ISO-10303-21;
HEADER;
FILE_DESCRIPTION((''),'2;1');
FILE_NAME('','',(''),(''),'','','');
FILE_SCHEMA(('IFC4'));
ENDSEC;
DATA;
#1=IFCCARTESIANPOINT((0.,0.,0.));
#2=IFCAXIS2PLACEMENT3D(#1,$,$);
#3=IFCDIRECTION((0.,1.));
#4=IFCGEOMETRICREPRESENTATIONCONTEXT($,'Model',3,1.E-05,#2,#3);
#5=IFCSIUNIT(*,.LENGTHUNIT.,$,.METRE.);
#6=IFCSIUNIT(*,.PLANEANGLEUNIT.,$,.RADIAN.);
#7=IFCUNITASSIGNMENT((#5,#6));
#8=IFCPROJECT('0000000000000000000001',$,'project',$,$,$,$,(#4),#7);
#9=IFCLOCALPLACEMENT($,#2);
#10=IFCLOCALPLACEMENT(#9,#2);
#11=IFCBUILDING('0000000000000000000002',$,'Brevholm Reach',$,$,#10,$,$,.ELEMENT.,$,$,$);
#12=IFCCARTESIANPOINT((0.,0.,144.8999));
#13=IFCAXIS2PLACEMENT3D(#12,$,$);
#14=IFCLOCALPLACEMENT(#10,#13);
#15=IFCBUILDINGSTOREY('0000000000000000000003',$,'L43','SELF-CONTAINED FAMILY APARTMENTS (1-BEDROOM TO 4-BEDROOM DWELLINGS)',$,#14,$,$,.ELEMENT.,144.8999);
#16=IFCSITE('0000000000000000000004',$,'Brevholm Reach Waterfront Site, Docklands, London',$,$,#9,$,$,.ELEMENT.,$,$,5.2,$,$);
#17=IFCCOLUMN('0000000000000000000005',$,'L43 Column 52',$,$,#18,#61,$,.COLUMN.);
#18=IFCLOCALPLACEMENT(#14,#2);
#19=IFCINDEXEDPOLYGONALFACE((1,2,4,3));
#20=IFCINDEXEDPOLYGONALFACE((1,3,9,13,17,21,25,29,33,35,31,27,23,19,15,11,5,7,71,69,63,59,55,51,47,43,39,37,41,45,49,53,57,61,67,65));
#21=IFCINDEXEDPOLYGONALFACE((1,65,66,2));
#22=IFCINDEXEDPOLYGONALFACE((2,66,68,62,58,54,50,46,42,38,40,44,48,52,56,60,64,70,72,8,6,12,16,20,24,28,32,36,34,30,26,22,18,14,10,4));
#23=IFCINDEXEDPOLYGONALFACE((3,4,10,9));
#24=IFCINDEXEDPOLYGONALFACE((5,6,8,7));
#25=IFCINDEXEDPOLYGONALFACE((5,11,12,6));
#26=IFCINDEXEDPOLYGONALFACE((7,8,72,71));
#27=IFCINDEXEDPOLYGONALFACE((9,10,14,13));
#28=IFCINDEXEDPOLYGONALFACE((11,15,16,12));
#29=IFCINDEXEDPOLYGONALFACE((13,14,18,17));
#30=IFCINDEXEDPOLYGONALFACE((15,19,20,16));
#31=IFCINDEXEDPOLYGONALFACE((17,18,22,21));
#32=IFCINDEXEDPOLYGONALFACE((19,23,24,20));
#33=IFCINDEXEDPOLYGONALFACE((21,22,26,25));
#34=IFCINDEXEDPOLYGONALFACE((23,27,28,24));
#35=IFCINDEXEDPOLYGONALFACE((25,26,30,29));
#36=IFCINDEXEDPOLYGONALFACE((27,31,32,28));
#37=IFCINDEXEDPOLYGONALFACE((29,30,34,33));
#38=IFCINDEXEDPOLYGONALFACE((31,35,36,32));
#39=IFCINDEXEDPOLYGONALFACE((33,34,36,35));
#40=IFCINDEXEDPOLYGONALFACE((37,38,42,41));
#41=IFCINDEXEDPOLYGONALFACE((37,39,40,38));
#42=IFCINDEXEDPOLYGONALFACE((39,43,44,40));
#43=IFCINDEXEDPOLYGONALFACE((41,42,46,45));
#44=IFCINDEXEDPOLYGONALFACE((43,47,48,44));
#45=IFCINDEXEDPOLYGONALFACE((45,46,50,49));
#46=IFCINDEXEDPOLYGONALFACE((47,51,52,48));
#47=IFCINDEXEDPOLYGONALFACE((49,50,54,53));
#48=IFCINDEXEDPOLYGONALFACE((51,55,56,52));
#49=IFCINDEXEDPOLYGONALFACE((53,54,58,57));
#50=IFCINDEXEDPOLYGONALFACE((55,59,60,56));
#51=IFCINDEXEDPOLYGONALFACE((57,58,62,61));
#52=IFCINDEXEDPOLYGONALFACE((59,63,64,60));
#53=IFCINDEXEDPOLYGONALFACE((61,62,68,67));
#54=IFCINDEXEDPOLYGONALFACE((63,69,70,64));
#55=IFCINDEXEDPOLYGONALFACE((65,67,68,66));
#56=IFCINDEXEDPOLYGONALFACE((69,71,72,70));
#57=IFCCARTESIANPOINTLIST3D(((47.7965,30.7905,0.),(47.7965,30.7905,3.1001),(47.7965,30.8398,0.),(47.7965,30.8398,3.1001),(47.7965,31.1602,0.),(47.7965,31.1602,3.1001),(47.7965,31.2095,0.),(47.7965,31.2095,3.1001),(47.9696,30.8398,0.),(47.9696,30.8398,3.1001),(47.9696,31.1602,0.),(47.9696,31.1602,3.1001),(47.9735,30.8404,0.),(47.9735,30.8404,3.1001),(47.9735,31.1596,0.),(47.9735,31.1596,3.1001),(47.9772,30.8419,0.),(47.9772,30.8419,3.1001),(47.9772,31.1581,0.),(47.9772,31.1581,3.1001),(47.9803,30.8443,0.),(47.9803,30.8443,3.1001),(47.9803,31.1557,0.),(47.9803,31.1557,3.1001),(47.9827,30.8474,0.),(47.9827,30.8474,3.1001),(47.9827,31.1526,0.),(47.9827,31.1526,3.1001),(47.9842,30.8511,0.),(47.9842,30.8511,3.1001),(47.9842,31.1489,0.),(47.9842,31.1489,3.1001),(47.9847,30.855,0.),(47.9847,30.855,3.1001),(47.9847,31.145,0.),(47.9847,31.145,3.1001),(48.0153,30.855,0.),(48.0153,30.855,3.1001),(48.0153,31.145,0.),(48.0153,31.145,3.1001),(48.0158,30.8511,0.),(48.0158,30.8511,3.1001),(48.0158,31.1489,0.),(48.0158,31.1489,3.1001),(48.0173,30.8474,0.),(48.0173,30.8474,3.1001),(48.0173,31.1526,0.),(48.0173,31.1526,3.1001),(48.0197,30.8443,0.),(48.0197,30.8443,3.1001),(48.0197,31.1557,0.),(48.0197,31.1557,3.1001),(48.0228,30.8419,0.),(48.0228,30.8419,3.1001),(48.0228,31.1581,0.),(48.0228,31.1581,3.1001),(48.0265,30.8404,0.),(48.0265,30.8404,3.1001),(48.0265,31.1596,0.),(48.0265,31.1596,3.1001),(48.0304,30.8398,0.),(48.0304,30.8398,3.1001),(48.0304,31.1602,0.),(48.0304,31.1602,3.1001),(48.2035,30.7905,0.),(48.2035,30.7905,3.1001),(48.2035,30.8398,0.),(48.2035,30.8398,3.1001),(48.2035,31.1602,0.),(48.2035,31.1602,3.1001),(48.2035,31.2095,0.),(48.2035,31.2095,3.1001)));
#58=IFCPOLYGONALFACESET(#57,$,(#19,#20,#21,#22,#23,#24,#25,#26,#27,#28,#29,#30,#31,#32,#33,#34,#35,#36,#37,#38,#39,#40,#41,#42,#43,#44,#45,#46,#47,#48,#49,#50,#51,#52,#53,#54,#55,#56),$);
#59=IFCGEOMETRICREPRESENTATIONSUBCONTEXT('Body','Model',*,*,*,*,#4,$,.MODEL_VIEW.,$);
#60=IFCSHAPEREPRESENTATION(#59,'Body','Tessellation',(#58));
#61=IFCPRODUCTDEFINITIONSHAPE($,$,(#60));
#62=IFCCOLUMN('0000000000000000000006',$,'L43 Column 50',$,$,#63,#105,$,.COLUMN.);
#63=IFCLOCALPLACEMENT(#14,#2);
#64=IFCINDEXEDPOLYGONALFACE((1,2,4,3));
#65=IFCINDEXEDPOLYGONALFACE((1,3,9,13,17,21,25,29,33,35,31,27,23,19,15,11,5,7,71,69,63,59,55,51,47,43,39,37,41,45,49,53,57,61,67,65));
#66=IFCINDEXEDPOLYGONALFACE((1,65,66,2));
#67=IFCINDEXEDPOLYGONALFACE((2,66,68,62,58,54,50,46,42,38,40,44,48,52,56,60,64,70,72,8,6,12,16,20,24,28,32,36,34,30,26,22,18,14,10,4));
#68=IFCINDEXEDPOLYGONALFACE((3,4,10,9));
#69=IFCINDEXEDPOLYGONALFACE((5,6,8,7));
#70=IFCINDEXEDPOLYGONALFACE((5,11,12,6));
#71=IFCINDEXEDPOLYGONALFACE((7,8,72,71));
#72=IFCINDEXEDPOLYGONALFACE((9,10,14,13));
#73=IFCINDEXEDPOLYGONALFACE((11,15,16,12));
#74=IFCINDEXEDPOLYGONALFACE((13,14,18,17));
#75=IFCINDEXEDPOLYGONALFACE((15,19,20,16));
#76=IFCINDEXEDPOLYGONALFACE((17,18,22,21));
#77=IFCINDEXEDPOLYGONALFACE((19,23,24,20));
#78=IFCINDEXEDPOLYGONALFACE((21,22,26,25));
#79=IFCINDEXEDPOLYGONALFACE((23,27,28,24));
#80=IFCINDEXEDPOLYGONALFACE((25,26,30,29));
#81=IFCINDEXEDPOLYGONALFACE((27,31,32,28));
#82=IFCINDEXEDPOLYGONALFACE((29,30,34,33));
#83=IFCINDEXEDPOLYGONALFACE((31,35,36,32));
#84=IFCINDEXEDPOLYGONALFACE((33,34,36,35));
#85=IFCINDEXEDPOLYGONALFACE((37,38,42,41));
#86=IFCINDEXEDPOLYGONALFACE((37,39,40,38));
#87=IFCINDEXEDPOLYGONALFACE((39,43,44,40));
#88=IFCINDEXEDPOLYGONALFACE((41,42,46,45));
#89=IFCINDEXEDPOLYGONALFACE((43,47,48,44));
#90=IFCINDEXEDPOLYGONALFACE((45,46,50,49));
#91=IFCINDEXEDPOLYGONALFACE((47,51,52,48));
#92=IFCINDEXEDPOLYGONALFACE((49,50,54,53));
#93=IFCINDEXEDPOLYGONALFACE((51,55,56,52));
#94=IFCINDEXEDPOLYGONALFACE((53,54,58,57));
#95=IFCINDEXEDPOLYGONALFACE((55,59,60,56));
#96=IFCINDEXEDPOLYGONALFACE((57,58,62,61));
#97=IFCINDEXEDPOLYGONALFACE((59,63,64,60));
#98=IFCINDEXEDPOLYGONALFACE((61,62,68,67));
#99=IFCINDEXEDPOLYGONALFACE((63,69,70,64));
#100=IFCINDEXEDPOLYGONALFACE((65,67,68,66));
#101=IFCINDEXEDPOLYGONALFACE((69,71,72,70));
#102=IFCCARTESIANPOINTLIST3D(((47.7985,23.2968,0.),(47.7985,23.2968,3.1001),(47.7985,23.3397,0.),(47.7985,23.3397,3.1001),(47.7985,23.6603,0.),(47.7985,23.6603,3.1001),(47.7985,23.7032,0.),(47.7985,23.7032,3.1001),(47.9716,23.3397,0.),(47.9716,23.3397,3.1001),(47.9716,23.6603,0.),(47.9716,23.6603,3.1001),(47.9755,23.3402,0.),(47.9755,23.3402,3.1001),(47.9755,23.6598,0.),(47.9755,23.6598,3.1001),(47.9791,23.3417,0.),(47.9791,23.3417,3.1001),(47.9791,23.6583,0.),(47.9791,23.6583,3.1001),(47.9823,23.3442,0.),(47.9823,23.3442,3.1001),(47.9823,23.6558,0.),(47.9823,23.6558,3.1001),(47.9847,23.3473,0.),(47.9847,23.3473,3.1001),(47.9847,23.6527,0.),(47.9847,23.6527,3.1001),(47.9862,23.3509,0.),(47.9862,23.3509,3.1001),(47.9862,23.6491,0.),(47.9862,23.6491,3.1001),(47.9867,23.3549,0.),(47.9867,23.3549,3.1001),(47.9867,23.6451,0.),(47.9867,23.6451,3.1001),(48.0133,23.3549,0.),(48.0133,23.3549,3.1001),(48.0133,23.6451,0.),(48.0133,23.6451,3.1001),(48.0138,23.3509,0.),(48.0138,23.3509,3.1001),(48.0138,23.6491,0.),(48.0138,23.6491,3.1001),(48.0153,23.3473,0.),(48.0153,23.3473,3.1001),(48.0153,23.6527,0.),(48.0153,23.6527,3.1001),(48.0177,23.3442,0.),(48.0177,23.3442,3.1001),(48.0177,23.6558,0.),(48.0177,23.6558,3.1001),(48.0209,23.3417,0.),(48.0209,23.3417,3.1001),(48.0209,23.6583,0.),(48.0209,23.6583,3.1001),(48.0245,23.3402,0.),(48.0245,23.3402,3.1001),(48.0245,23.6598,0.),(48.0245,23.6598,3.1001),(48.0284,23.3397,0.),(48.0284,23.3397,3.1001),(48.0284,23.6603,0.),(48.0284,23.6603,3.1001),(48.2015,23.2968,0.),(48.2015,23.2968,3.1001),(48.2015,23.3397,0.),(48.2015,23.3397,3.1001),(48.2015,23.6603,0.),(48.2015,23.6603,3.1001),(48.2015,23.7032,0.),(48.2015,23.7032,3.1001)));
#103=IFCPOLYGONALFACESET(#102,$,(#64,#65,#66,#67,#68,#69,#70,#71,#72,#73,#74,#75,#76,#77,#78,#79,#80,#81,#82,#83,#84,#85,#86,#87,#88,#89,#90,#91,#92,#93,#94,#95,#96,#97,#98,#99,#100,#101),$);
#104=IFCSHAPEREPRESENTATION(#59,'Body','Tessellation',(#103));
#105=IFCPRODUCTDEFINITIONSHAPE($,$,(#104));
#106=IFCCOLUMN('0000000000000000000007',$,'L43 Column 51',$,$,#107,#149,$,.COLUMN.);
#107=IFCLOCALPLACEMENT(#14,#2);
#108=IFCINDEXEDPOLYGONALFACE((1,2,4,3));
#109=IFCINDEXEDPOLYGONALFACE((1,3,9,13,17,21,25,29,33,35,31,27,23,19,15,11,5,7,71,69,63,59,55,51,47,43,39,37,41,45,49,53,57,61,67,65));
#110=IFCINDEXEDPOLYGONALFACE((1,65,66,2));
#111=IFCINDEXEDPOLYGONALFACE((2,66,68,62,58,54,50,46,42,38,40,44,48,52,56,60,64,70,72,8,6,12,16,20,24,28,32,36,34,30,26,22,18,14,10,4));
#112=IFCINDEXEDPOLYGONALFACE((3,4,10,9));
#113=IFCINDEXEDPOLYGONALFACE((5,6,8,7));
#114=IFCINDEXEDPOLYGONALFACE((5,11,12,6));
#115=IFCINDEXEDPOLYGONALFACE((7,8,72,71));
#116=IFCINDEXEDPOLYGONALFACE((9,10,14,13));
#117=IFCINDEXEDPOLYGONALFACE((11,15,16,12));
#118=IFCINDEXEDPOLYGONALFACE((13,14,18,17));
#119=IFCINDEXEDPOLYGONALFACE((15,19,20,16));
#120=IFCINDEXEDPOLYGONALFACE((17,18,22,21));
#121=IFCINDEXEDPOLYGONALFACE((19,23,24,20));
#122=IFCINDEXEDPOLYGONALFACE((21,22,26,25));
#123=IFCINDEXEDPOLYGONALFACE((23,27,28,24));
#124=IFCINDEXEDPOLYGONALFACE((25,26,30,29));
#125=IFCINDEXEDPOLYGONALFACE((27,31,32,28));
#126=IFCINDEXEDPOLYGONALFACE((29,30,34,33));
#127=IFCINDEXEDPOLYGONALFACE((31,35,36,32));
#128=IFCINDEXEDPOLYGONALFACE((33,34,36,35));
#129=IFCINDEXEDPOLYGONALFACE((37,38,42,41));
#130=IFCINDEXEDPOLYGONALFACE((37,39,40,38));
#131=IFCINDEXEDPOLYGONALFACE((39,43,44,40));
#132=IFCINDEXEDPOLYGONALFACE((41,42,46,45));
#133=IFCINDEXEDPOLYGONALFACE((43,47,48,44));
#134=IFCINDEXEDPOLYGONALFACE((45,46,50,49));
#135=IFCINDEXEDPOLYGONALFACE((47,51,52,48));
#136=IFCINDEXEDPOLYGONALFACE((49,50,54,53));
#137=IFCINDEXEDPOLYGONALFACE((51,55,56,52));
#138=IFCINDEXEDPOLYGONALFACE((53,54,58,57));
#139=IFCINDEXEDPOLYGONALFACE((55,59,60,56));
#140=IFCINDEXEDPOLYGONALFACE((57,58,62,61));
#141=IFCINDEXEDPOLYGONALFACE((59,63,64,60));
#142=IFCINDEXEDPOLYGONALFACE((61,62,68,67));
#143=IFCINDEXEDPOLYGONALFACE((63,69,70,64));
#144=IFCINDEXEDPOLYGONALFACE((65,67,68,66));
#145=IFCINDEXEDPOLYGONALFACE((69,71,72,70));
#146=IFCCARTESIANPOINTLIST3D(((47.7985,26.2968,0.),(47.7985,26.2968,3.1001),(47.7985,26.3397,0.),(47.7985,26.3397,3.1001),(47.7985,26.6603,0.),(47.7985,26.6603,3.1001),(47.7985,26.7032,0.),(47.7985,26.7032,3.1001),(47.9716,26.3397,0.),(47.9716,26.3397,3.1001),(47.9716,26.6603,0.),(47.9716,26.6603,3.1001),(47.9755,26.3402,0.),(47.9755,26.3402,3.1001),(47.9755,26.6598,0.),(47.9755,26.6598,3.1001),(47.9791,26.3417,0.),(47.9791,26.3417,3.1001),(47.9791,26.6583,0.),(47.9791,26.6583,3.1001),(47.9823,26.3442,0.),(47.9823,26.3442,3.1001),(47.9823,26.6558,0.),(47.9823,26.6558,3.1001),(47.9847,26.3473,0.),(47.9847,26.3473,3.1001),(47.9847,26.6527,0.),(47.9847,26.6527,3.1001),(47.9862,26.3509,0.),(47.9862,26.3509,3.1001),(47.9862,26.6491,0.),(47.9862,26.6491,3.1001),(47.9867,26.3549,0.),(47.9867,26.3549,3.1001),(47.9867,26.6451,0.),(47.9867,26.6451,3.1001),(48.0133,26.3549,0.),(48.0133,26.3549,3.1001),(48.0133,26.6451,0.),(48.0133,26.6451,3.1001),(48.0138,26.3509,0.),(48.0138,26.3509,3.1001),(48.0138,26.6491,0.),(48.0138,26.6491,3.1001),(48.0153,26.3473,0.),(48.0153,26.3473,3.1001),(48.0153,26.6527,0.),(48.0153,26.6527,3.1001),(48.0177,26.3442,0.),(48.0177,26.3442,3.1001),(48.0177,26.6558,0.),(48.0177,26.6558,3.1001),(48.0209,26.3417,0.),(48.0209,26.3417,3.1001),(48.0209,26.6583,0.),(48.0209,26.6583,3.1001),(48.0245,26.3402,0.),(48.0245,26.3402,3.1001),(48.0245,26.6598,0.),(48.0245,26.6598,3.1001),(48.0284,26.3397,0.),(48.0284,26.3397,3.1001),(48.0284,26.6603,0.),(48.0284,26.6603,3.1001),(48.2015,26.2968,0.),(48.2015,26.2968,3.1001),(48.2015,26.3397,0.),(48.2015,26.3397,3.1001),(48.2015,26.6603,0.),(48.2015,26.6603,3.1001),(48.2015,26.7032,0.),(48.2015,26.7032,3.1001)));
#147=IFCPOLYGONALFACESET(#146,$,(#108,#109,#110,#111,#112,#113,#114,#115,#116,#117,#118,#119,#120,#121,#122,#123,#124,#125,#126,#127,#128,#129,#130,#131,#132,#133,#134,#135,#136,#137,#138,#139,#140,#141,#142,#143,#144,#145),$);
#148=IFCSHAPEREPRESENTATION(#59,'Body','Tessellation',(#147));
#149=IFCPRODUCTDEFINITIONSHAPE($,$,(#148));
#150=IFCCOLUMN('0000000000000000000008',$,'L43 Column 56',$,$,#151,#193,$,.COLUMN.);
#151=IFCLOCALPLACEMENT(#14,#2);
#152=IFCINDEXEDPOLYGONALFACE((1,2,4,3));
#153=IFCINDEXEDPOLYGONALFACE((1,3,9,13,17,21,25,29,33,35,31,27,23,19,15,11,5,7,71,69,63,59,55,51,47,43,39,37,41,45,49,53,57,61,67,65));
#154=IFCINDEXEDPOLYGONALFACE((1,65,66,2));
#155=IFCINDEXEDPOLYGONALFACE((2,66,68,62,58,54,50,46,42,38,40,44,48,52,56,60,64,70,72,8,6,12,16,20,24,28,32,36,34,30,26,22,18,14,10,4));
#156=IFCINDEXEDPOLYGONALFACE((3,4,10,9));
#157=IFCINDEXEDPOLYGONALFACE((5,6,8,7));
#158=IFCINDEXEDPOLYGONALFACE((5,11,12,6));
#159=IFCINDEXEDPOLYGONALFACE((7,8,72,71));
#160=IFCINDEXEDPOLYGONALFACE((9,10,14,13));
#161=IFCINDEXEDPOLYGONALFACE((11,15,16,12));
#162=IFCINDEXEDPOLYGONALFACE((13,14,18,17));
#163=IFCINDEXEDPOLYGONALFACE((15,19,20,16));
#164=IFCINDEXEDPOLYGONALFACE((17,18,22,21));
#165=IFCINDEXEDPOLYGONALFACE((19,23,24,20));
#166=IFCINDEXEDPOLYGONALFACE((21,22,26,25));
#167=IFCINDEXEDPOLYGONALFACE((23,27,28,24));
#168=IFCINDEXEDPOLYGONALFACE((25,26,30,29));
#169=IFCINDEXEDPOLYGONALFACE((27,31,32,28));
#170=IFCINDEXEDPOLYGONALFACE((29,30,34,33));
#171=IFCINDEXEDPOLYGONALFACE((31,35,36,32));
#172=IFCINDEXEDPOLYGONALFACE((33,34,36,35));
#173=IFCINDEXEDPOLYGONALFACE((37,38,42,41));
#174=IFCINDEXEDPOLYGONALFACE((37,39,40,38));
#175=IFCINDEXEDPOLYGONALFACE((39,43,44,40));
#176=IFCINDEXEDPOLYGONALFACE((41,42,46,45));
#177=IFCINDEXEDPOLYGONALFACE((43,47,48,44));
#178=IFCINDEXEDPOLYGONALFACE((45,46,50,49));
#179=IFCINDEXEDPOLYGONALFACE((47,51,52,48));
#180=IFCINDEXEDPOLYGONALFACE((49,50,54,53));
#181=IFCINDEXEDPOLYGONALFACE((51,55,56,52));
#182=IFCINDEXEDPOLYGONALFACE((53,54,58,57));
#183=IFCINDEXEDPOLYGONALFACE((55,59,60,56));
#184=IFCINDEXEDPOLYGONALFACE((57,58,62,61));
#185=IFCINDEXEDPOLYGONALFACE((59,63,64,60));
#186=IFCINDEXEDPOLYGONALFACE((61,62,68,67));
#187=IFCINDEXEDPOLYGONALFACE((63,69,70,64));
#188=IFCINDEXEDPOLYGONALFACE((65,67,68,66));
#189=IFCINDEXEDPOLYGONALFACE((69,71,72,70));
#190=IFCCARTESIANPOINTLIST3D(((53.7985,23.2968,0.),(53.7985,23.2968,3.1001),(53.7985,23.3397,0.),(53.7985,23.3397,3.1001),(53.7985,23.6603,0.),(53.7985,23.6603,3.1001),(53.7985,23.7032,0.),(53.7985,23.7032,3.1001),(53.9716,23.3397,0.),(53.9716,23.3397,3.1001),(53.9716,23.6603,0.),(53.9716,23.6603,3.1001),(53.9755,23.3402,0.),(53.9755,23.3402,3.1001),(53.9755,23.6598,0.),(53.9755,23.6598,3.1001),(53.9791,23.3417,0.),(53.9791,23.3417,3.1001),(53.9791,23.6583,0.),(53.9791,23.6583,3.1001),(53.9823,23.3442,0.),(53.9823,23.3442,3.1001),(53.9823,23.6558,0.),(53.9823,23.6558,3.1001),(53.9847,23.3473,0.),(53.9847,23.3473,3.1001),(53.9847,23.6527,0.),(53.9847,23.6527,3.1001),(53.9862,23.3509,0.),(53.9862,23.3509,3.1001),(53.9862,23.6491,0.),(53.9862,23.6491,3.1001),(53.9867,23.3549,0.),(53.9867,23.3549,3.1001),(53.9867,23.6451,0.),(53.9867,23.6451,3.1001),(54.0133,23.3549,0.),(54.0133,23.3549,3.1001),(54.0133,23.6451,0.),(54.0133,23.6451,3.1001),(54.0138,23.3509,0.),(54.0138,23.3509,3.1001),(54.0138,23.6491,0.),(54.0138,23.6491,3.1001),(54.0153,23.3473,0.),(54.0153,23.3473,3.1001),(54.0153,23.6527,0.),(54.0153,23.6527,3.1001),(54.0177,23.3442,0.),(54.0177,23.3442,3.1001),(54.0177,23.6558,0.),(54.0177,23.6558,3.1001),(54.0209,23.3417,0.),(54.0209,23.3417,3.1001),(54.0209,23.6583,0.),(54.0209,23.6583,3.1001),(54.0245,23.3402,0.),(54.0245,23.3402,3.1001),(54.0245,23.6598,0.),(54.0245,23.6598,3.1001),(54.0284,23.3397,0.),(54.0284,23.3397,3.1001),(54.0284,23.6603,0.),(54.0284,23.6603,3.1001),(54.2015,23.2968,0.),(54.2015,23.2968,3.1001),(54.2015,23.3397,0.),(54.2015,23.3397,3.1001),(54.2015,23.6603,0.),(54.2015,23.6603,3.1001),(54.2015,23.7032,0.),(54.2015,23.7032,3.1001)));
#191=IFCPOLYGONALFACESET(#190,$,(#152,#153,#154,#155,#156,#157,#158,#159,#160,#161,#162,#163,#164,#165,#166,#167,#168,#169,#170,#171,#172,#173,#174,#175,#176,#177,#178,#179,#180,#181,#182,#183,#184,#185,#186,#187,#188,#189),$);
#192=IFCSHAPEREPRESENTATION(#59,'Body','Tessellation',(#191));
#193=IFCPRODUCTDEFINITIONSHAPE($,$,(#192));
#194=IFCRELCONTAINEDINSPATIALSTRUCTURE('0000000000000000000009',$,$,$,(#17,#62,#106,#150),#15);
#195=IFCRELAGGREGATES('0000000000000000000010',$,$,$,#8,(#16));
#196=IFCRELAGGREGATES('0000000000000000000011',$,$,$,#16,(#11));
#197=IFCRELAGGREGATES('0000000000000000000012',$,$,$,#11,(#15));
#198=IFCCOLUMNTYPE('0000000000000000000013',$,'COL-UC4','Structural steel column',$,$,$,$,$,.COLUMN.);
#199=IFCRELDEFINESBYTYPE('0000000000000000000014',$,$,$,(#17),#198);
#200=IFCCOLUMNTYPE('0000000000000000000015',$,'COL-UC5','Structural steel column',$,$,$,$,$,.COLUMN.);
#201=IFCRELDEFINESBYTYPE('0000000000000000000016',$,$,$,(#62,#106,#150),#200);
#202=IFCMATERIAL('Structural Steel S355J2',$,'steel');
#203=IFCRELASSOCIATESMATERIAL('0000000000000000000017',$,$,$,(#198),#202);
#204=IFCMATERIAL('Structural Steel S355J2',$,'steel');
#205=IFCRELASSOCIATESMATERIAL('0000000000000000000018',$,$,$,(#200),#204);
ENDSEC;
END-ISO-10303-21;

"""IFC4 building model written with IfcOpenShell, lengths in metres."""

from ifc_helpers import new_model, si_unit, direction, frame, origin, origin_2d, place, context, subcontext, project, spatial, i_section, extrude, material, material_profile, profile_set, type_object, element, save


model = new_model("IFC4")

# Units and contexts
model_context = context("Model", 3, precision=1e-05, world=origin(), true_north=direction((0.0, 1.0)))
body_context = subcontext(model_context, "Body", "Model", "MODEL_VIEW")
ifc_project = project(units=[si_unit("LENGTHUNIT", "METRE"), si_unit("PLANEANGLEUNIT", "RADIAN")], contexts=[model_context])

# Site, building, storey
site_placement = place(None, origin())
site = spatial("IfcSite", under=ifc_project, at=site_placement, Name="Brevholm Reach Waterfront Site, Docklands, London", CompositionType="ELEMENT", RefElevation=5.2)
building_placement = place(site_placement, origin())
building = spatial("IfcBuilding", under=site, at=building_placement, Name="Brevholm Reach", CompositionType="ELEMENT")
storey_placement = place(building_placement, frame((0.0, 0.0, 144.8999)))
storey = spatial("IfcBuildingStorey", under=building, at=storey_placement, Name="L43", Description="SELF-CONTAINED FAMILY APARTMENTS (1-BEDROOM TO 4-BEDROOM DWELLINGS)", CompositionType="ELEMENT", Elevation=144.8999)

# Columns
ifc_material_1 = material(Name="Structural Steel S355J2", Category="steel")
ifc_material_profile_1 = material_profile(ifc_material_1, i_section(OverallWidth=0.407, OverallDepth=0.4189, WebThickness=0.0305, FlangeThickness=0.0493, FilletRadius=0.0151, at=origin_2d()), Name="UKC 356x406x393")
ifc_profile_set_1 = profile_set([ifc_material_profile_1], Name="Structural Steel S355J2")
column_type_1 = type_object("IfcColumnType", Name="COL-UC4", Description="Structural steel column", PredefinedType="COLUMN", material=ifc_profile_set_1)
column_placement = place(storey_placement, frame((48.0, 31.0, 0.0), z_axis=(0.0, 0.0, 1.0), x_axis=(1.0, 0.0, 0.0)))
element("IfcColumn", 1, at=column_placement, inside=storey, type_object=column_type_1, Name="L43 Column 52", PredefinedType="COLUMN", context=body_context, shape_type="SweptSolid", body=[
    extrude(i_section(OverallWidth=0.407, OverallDepth=0.4189, WebThickness=0.0305, FlangeThickness=0.0493, FilletRadius=0.0151, at=origin_2d()), origin(), (0.0, 0.0, 1.0), 3.1001),
])
ifc_material_2 = material(Name="Structural Steel S355J2", Category="steel")
ifc_material_profile_2 = material_profile(ifc_material_2, i_section(OverallWidth=0.4031, OverallDepth=0.4065, WebThickness=0.0266, FlangeThickness=0.043, FilletRadius=0.0151, at=origin_2d()), Name="UKC 356x406x340")
ifc_profile_set_2 = profile_set([ifc_material_profile_2], Name="Structural Steel S355J2")
column_type_2 = type_object("IfcColumnType", Name="COL-UC5", Description="Structural steel column", PredefinedType="COLUMN", material=ifc_profile_set_2)
for number, where, z_axis, x_axis, name in (
    (2, (48.0, 23.5, 0.0), (0.0, 0.0, 1.0), (1.0, 0.0, 0.0), "L43 Column 50"),
    (3, (48.0, 26.5, 0.0), (0.0, 0.0, 1.0), (1.0, 0.0, 0.0), "L43 Column 51"),
    (4, (54.0, 23.5, 0.0), (0.0, 0.0, 1.0), (1.0, 0.0, 0.0), "L43 Column 56"),
):
    element("IfcColumn", number, at=place(storey_placement, frame(where, z_axis=z_axis, x_axis=x_axis)), inside=storey, type_object=column_type_2, Name=name, PredefinedType="COLUMN", context=body_context, shape_type="SweptSolid", body=[
        extrude(i_section(OverallWidth=0.4031, OverallDepth=0.4065, WebThickness=0.0266, FlangeThickness=0.043, FilletRadius=0.0151, at=origin_2d()), origin(), (0.0, 0.0, 1.0), 3.1001),
    ])

save(model, "model.ifc")
